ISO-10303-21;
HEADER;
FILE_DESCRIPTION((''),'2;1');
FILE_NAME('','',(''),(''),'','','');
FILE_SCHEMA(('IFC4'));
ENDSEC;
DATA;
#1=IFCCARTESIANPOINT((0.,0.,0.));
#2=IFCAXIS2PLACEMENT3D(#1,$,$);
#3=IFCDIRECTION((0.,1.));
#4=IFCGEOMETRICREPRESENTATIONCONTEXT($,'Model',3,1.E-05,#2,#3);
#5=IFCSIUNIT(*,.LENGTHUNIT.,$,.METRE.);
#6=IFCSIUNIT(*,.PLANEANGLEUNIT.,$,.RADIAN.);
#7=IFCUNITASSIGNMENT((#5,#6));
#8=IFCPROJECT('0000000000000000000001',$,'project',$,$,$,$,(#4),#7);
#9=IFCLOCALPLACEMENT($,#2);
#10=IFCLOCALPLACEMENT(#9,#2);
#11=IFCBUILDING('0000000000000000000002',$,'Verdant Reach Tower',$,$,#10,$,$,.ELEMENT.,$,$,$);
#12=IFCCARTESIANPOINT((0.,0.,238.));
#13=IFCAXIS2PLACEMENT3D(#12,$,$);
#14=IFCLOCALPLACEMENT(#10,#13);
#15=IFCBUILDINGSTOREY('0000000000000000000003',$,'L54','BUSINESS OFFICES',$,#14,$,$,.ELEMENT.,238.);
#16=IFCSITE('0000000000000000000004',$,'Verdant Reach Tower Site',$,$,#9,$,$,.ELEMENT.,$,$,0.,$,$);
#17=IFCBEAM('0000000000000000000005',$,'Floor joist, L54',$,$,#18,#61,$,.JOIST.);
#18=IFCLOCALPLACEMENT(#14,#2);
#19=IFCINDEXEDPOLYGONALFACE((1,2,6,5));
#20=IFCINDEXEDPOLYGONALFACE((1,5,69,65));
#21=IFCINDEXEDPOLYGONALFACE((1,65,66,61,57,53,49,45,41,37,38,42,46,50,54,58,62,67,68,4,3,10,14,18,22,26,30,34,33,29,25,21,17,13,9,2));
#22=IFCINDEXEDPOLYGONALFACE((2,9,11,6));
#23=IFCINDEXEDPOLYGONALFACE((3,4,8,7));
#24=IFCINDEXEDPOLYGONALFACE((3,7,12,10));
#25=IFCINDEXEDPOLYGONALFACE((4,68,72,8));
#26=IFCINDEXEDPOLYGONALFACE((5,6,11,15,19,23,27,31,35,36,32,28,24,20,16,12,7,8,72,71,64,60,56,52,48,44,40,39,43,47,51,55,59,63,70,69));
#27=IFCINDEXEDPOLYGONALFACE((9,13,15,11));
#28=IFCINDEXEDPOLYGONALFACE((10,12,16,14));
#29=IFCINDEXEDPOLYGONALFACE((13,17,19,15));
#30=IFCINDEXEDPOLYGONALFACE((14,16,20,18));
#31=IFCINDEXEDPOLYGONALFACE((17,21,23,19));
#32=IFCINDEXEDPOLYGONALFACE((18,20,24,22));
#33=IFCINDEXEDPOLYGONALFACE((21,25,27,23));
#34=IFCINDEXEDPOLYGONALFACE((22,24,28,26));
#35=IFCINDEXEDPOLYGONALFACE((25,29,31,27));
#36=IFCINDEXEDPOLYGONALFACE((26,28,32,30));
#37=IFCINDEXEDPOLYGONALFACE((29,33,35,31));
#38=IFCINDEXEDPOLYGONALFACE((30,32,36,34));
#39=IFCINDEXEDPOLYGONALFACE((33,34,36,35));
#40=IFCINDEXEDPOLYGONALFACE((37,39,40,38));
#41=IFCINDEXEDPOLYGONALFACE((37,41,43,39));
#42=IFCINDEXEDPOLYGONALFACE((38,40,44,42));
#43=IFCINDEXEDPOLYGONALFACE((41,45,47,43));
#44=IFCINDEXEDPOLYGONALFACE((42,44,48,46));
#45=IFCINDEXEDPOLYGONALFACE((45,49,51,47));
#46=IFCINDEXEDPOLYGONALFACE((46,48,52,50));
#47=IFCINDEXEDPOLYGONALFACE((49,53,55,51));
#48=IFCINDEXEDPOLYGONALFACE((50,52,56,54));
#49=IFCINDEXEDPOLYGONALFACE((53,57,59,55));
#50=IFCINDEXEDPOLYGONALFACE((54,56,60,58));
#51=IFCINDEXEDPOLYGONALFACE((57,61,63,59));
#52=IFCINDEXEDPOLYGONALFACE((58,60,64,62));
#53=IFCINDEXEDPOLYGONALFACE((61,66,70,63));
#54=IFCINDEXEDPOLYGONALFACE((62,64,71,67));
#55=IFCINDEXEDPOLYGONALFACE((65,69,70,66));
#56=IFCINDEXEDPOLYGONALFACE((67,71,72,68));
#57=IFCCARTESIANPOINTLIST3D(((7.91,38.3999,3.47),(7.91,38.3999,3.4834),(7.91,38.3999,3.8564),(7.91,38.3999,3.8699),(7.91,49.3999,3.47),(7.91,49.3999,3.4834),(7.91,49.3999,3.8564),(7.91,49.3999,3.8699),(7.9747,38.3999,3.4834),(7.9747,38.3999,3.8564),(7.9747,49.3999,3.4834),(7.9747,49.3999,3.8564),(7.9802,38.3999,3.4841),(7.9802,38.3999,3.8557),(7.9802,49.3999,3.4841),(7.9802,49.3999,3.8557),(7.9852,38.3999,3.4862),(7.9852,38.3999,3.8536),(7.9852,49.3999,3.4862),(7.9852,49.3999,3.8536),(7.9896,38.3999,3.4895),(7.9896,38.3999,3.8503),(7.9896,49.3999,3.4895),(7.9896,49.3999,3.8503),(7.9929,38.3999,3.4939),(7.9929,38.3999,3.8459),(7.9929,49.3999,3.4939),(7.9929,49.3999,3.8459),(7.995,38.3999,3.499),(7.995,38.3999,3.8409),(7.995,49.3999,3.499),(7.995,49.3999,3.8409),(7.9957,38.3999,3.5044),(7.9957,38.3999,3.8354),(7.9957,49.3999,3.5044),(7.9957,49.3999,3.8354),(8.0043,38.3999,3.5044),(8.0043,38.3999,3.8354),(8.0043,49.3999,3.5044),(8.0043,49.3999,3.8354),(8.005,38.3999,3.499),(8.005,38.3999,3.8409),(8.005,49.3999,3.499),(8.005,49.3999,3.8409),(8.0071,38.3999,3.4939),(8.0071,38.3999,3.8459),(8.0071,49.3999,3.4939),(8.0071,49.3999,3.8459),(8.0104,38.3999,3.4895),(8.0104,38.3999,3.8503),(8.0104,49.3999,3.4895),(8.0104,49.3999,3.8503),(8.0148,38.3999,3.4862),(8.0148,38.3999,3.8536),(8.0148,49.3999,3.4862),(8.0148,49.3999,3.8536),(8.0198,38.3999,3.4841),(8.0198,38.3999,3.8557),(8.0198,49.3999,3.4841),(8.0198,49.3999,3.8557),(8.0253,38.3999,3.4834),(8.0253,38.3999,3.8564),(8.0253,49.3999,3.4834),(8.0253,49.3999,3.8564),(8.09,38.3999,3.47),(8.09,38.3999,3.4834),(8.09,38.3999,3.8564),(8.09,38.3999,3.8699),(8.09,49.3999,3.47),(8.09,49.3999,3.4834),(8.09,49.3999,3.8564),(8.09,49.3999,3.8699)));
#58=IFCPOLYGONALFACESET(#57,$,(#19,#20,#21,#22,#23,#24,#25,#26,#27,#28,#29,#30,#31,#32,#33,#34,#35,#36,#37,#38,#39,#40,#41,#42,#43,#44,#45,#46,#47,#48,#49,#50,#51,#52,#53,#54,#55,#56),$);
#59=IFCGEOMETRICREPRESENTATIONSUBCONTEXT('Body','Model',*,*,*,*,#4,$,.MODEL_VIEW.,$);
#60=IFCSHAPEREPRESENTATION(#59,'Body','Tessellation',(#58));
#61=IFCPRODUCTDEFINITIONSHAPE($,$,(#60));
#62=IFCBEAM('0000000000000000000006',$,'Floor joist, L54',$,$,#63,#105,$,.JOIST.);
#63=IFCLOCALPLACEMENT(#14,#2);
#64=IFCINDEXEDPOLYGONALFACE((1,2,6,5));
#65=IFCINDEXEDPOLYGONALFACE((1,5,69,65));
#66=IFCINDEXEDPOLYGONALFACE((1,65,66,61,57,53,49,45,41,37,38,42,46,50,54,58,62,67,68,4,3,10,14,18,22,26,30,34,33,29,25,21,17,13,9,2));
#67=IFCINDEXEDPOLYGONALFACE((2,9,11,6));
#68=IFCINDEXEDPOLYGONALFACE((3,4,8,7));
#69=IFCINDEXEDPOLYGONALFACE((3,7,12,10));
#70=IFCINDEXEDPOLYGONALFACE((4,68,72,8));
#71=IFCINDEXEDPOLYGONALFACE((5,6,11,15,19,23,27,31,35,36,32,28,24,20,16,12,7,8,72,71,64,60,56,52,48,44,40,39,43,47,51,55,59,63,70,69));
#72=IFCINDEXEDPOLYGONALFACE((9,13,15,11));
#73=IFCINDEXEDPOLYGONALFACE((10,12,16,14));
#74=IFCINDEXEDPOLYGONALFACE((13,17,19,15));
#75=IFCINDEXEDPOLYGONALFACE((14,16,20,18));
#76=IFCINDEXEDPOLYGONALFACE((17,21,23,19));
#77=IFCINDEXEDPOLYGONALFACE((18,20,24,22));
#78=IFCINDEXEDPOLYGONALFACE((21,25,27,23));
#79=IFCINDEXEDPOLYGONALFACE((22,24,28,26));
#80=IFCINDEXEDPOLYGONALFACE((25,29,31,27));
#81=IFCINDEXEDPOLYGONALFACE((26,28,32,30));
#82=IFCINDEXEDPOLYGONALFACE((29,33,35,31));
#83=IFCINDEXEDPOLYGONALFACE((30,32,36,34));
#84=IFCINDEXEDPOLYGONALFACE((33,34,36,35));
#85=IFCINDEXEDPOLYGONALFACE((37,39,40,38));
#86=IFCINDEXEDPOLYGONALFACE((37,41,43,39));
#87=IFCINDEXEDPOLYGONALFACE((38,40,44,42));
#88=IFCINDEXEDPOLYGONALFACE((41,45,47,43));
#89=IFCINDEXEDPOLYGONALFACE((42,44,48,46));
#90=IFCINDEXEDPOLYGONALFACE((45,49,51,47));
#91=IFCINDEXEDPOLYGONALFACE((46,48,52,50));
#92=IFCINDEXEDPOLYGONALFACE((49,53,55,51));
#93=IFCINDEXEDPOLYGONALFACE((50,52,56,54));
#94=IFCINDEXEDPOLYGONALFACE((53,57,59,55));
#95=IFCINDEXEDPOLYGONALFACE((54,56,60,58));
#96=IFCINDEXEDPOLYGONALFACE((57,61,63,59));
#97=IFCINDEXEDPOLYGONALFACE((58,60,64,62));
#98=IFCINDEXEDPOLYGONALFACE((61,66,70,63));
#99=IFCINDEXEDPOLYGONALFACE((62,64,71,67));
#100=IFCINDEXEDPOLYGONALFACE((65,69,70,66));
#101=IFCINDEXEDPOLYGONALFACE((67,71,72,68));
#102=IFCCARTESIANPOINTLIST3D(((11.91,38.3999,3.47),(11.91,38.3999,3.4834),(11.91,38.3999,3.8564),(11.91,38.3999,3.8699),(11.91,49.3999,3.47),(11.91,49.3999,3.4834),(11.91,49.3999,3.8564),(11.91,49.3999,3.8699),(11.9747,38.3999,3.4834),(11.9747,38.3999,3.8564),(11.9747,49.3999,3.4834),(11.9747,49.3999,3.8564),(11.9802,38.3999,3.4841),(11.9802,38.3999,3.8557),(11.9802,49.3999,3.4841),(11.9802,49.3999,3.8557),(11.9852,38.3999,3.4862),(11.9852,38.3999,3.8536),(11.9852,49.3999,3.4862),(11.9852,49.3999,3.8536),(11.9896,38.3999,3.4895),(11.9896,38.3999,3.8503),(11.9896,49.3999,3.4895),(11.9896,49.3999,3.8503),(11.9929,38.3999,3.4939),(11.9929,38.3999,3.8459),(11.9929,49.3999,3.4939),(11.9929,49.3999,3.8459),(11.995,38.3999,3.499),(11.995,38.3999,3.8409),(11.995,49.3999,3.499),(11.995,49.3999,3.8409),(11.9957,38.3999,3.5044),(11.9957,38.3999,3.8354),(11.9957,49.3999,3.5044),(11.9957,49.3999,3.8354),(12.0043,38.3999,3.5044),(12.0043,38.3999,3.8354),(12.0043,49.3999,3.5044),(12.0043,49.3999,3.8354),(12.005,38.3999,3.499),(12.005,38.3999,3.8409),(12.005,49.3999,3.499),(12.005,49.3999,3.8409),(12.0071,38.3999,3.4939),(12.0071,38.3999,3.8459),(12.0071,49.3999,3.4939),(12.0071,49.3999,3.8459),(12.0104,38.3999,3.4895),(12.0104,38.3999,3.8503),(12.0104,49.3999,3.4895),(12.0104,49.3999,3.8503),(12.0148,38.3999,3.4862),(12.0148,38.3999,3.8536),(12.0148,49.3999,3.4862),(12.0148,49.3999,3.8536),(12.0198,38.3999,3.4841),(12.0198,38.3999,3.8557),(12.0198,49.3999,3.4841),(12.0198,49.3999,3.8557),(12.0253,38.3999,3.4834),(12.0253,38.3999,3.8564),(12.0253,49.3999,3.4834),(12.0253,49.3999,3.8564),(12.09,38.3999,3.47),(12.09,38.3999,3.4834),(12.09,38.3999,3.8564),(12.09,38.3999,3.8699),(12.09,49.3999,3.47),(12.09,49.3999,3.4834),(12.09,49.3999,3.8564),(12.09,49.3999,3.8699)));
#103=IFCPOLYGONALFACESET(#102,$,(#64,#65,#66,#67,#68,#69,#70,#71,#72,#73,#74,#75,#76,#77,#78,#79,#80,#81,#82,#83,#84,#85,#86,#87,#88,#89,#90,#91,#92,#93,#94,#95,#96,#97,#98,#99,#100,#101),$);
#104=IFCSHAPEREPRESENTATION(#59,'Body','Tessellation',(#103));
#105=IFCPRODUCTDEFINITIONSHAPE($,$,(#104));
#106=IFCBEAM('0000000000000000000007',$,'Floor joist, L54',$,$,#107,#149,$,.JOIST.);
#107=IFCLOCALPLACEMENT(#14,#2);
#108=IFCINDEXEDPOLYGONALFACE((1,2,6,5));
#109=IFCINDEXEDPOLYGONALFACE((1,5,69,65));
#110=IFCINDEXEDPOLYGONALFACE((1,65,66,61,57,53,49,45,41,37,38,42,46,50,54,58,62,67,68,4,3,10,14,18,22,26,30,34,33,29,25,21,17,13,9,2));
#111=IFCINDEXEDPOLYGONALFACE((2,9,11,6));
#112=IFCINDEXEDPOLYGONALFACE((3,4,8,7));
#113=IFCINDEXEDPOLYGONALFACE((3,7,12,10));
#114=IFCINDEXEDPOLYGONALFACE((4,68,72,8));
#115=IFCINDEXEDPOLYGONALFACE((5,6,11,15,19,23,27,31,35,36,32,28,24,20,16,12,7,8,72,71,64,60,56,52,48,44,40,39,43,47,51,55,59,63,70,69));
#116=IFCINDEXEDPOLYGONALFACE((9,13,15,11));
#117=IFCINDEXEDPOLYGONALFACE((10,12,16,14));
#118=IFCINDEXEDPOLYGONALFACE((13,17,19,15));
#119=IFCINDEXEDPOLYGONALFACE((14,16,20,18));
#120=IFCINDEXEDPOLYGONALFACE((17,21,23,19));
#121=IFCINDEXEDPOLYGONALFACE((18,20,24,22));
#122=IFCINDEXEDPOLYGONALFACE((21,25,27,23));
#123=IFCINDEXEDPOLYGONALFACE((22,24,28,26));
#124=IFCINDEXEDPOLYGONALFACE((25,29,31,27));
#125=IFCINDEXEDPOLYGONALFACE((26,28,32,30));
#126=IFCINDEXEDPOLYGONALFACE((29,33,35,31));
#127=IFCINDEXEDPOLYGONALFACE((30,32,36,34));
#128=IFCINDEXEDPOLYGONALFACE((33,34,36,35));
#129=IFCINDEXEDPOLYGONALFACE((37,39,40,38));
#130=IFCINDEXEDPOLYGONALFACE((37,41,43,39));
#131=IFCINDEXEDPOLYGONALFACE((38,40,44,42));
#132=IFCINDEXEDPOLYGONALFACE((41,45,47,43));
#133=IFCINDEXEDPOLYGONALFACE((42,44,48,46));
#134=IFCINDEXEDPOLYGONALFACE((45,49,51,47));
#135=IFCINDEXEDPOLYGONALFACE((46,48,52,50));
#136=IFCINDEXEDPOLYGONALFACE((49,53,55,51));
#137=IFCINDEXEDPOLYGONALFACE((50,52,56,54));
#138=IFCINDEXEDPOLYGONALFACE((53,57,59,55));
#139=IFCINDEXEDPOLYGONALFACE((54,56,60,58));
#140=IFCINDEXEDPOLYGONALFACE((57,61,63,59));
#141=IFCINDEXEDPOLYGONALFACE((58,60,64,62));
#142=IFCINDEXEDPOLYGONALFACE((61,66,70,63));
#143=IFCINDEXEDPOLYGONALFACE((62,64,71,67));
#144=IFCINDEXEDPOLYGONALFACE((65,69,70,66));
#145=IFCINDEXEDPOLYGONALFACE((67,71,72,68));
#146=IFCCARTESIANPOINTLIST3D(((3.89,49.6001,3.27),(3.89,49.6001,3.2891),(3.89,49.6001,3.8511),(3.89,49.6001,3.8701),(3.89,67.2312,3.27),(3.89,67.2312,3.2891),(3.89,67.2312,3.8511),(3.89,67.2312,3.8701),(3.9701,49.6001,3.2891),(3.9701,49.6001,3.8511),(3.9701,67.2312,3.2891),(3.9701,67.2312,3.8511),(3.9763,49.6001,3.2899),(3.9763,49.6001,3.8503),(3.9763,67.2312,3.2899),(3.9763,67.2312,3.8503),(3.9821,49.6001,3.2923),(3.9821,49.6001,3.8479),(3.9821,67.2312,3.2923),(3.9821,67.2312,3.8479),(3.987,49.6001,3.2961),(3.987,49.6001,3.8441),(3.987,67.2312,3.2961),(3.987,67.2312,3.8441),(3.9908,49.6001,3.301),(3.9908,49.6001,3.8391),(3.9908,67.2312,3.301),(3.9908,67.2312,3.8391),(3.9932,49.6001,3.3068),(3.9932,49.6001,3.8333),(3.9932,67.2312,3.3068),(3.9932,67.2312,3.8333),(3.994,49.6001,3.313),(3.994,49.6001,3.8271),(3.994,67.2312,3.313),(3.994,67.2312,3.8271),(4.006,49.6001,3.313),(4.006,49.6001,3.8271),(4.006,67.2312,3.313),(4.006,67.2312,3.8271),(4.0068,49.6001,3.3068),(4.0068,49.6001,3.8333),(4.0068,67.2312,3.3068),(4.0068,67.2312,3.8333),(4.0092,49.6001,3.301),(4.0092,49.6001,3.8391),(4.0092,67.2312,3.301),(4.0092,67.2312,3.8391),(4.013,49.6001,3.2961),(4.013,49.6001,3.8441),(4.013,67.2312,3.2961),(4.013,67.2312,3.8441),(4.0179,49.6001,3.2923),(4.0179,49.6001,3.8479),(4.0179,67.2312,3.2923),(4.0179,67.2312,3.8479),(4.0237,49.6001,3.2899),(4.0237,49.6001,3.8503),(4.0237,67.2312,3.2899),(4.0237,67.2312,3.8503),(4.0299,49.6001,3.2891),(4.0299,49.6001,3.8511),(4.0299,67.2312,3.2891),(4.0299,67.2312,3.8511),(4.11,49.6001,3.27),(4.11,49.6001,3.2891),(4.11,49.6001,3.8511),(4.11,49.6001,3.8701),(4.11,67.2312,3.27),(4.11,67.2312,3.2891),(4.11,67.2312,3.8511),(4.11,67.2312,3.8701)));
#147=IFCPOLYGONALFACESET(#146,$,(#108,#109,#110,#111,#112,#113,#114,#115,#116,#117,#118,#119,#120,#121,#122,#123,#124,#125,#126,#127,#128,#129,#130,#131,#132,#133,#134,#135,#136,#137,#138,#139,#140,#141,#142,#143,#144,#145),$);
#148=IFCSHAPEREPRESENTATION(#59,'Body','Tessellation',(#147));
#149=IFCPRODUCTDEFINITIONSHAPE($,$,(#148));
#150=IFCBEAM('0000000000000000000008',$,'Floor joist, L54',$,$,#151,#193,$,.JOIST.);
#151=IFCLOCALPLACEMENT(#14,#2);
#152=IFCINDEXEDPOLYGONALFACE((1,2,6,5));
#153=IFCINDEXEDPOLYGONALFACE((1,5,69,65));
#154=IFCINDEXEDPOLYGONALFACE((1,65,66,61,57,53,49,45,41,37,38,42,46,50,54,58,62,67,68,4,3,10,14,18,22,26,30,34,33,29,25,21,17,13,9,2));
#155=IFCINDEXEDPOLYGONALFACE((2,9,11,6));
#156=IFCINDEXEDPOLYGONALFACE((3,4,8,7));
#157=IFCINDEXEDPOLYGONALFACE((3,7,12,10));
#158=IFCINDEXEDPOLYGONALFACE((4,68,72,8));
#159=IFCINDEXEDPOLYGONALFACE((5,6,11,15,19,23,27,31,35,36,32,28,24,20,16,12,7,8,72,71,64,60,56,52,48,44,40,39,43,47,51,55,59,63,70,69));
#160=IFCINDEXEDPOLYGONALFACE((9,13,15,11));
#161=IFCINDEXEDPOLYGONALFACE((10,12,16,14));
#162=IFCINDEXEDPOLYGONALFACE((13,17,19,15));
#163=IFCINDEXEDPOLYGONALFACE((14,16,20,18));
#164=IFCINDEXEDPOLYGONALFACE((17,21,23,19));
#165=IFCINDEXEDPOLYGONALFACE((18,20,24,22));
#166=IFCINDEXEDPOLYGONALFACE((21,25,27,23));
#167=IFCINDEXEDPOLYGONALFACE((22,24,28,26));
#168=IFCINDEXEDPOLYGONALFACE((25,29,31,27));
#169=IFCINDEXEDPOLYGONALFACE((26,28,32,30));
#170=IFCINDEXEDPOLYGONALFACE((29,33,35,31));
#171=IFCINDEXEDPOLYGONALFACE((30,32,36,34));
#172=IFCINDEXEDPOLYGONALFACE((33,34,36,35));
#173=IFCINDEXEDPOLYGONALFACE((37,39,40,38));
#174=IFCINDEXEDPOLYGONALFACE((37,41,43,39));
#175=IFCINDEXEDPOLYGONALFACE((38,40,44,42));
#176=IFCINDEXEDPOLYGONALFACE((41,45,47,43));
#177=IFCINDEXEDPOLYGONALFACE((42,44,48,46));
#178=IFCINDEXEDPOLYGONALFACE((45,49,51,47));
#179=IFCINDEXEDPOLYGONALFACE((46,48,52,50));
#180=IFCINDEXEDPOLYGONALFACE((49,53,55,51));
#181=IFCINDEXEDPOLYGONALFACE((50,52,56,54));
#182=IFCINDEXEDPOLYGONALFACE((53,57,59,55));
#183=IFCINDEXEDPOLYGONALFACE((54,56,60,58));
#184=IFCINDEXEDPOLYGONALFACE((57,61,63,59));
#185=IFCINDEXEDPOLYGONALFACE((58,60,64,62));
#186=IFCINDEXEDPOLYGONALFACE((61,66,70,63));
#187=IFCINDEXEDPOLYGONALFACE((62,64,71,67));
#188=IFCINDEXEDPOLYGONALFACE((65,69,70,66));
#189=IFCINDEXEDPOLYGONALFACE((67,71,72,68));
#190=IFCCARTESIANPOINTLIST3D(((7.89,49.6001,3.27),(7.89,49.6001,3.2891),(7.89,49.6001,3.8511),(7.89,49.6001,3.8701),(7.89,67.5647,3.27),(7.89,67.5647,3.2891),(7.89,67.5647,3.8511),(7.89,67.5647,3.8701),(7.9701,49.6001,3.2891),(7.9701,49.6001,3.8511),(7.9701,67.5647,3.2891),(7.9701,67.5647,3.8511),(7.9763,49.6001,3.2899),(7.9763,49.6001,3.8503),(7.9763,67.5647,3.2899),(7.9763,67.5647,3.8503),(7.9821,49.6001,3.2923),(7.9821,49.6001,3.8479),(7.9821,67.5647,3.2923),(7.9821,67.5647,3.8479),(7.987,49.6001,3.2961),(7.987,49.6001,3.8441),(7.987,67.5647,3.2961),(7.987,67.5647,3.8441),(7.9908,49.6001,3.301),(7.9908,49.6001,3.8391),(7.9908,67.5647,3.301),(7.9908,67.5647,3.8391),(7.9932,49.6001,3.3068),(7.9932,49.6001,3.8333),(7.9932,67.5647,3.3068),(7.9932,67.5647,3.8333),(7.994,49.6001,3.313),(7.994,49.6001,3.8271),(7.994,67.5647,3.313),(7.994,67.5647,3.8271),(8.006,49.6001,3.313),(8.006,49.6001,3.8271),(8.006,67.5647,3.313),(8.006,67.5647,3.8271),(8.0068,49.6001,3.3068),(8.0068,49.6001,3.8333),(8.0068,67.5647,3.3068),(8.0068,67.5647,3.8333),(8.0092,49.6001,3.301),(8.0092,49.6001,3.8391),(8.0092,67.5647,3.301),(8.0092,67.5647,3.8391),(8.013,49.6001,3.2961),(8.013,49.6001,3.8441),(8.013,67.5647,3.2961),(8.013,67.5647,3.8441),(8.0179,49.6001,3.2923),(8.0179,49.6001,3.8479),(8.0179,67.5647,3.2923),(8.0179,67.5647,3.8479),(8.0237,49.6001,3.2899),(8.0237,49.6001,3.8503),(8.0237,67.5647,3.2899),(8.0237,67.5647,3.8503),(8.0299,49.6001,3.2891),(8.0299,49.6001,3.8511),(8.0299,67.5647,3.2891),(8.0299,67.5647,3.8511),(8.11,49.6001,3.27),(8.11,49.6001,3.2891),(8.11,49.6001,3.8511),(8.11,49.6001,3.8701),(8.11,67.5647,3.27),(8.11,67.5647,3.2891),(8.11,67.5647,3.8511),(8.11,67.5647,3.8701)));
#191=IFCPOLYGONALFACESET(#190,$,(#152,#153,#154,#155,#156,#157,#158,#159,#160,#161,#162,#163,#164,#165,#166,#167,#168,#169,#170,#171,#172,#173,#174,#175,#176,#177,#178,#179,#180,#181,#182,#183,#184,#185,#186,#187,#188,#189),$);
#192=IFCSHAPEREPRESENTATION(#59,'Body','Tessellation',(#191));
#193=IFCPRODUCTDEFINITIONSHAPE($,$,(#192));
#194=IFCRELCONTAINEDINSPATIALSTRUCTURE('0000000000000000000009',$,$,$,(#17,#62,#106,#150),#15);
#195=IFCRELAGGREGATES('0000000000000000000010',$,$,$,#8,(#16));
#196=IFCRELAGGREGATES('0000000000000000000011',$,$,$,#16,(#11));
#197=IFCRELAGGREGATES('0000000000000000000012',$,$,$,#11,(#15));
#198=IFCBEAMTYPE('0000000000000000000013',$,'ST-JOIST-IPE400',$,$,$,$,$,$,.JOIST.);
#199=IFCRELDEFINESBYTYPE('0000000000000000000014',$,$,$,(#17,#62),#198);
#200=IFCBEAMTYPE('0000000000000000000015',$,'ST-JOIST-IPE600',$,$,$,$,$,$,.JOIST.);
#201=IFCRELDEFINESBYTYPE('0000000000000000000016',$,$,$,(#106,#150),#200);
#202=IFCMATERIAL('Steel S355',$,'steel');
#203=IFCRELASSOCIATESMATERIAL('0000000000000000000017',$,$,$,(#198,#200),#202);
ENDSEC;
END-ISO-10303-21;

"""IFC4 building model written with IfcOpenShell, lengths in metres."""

from ifc_helpers import new_model, si_unit, direction, frame, origin, origin_2d, place, context, subcontext, project, spatial, i_section, extrude, material, material_profile, profile_set, type_object, element, save


model = new_model("IFC4")

# Units and contexts
model_context = context("Model", 3, precision=1e-05, world=origin(), true_north=direction((0.0, 1.0)))
body_context = subcontext(model_context, "Body", "Model", "MODEL_VIEW")
ifc_project = project(units=[si_unit("LENGTHUNIT", "METRE"), si_unit("PLANEANGLEUNIT", "RADIAN")], contexts=[model_context])

# Site, building, storey
site_placement = place(None, origin())
site = spatial("IfcSite", under=ifc_project, at=site_placement, Name="Verdant Reach Tower Site", CompositionType="ELEMENT", RefElevation=0.0)
building_placement = place(site_placement, origin())
building = spatial("IfcBuilding", under=site, at=building_placement, Name="Verdant Reach Tower", CompositionType="ELEMENT")
storey_placement = place(building_placement, frame((0.0, 0.0, 238.0)))
storey = spatial("IfcBuildingStorey", under=building, at=storey_placement, Name="L54", Description="BUSINESS OFFICES", CompositionType="ELEMENT", Elevation=238.0)

# Beams
ifc_material_1 = material(Name="Steel S355", Category="steel")
ifc_material_profile_1 = material_profile(ifc_material_1, i_section(OverallWidth=0.1799, OverallDepth=0.3999, WebThickness=0.0085, FlangeThickness=0.0134, FilletRadius=0.021, at=origin_2d()), Name="IPE 400")
ifc_profile_set_1 = profile_set([ifc_material_profile_1], Name="Steel S355")
beam_type_1 = type_object("IfcBeamType", Name="ST-JOIST-IPE400", PredefinedType="JOIST", material=ifc_profile_set_1)
for number, where, z_axis, x_axis, name in (
    (1, (8.0, 38.3999, 3.6699), (0.0, 1.0, 0.0), (-1.0, 0.0, 0.0), "Floor joist, L54"),
    (2, (12.0, 38.3999, 3.6699), (0.0, 1.0, 0.0), (-1.0, 0.0, 0.0), "Floor joist, L54"),
):
    element("IfcBeam", number, at=place(storey_placement, frame(where, z_axis=z_axis, x_axis=x_axis)), inside=storey, type_object=beam_type_1, Name=name, PredefinedType="JOIST", context=body_context, shape_type="SweptSolid", body=[
        extrude(i_section(OverallWidth=0.1799, OverallDepth=0.3999, WebThickness=0.0085, FlangeThickness=0.0134, FilletRadius=0.021, at=origin_2d()), origin(), (0.0, 0.0, 1.0), 11.0),
    ])
ifc_material_profile_2 = material_profile(ifc_material_1, i_section(OverallWidth=0.22, OverallDepth=0.6001, WebThickness=0.012, FlangeThickness=0.019, FilletRadius=0.0239, at=origin_2d()), Name="IPE 600")
ifc_profile_set_2 = profile_set([ifc_material_profile_2], Name="Steel S355")
beam_type_2 = type_object("IfcBeamType", Name="ST-JOIST-IPE600", PredefinedType="JOIST", material=ifc_profile_set_2)
beam_1_placement = place(storey_placement, frame((4.0, 49.6001, 3.5701), z_axis=(0.0, 1.0, 0.0), x_axis=(-1.0, 0.0, 0.0)))
element("IfcBeam", 3, at=beam_1_placement, inside=storey, type_object=beam_type_2, Name="Floor joist, L54", PredefinedType="JOIST", context=body_context, shape_type="SweptSolid", body=[
    extrude(i_section(OverallWidth=0.22, OverallDepth=0.6001, WebThickness=0.012, FlangeThickness=0.019, FilletRadius=0.0239, at=origin_2d()), origin(), (0.0, 0.0, 1.0), 17.6311),
])
beam_2_placement = place(storey_placement, frame((8.0, 49.6001, 3.5701), z_axis=(0.0, 1.0, 0.0), x_axis=(-1.0, 0.0, 0.0)))
element("IfcBeam", 4, at=beam_2_placement, inside=storey, type_object=beam_type_2, Name="Floor joist, L54", PredefinedType="JOIST", context=body_context, shape_type="SweptSolid", body=[
    extrude(i_section(OverallWidth=0.22, OverallDepth=0.6001, WebThickness=0.012, FlangeThickness=0.019, FilletRadius=0.0239, at=origin_2d()), origin(), (0.0, 0.0, 1.0), 17.9646),
])

save(model, "model.ifc")
